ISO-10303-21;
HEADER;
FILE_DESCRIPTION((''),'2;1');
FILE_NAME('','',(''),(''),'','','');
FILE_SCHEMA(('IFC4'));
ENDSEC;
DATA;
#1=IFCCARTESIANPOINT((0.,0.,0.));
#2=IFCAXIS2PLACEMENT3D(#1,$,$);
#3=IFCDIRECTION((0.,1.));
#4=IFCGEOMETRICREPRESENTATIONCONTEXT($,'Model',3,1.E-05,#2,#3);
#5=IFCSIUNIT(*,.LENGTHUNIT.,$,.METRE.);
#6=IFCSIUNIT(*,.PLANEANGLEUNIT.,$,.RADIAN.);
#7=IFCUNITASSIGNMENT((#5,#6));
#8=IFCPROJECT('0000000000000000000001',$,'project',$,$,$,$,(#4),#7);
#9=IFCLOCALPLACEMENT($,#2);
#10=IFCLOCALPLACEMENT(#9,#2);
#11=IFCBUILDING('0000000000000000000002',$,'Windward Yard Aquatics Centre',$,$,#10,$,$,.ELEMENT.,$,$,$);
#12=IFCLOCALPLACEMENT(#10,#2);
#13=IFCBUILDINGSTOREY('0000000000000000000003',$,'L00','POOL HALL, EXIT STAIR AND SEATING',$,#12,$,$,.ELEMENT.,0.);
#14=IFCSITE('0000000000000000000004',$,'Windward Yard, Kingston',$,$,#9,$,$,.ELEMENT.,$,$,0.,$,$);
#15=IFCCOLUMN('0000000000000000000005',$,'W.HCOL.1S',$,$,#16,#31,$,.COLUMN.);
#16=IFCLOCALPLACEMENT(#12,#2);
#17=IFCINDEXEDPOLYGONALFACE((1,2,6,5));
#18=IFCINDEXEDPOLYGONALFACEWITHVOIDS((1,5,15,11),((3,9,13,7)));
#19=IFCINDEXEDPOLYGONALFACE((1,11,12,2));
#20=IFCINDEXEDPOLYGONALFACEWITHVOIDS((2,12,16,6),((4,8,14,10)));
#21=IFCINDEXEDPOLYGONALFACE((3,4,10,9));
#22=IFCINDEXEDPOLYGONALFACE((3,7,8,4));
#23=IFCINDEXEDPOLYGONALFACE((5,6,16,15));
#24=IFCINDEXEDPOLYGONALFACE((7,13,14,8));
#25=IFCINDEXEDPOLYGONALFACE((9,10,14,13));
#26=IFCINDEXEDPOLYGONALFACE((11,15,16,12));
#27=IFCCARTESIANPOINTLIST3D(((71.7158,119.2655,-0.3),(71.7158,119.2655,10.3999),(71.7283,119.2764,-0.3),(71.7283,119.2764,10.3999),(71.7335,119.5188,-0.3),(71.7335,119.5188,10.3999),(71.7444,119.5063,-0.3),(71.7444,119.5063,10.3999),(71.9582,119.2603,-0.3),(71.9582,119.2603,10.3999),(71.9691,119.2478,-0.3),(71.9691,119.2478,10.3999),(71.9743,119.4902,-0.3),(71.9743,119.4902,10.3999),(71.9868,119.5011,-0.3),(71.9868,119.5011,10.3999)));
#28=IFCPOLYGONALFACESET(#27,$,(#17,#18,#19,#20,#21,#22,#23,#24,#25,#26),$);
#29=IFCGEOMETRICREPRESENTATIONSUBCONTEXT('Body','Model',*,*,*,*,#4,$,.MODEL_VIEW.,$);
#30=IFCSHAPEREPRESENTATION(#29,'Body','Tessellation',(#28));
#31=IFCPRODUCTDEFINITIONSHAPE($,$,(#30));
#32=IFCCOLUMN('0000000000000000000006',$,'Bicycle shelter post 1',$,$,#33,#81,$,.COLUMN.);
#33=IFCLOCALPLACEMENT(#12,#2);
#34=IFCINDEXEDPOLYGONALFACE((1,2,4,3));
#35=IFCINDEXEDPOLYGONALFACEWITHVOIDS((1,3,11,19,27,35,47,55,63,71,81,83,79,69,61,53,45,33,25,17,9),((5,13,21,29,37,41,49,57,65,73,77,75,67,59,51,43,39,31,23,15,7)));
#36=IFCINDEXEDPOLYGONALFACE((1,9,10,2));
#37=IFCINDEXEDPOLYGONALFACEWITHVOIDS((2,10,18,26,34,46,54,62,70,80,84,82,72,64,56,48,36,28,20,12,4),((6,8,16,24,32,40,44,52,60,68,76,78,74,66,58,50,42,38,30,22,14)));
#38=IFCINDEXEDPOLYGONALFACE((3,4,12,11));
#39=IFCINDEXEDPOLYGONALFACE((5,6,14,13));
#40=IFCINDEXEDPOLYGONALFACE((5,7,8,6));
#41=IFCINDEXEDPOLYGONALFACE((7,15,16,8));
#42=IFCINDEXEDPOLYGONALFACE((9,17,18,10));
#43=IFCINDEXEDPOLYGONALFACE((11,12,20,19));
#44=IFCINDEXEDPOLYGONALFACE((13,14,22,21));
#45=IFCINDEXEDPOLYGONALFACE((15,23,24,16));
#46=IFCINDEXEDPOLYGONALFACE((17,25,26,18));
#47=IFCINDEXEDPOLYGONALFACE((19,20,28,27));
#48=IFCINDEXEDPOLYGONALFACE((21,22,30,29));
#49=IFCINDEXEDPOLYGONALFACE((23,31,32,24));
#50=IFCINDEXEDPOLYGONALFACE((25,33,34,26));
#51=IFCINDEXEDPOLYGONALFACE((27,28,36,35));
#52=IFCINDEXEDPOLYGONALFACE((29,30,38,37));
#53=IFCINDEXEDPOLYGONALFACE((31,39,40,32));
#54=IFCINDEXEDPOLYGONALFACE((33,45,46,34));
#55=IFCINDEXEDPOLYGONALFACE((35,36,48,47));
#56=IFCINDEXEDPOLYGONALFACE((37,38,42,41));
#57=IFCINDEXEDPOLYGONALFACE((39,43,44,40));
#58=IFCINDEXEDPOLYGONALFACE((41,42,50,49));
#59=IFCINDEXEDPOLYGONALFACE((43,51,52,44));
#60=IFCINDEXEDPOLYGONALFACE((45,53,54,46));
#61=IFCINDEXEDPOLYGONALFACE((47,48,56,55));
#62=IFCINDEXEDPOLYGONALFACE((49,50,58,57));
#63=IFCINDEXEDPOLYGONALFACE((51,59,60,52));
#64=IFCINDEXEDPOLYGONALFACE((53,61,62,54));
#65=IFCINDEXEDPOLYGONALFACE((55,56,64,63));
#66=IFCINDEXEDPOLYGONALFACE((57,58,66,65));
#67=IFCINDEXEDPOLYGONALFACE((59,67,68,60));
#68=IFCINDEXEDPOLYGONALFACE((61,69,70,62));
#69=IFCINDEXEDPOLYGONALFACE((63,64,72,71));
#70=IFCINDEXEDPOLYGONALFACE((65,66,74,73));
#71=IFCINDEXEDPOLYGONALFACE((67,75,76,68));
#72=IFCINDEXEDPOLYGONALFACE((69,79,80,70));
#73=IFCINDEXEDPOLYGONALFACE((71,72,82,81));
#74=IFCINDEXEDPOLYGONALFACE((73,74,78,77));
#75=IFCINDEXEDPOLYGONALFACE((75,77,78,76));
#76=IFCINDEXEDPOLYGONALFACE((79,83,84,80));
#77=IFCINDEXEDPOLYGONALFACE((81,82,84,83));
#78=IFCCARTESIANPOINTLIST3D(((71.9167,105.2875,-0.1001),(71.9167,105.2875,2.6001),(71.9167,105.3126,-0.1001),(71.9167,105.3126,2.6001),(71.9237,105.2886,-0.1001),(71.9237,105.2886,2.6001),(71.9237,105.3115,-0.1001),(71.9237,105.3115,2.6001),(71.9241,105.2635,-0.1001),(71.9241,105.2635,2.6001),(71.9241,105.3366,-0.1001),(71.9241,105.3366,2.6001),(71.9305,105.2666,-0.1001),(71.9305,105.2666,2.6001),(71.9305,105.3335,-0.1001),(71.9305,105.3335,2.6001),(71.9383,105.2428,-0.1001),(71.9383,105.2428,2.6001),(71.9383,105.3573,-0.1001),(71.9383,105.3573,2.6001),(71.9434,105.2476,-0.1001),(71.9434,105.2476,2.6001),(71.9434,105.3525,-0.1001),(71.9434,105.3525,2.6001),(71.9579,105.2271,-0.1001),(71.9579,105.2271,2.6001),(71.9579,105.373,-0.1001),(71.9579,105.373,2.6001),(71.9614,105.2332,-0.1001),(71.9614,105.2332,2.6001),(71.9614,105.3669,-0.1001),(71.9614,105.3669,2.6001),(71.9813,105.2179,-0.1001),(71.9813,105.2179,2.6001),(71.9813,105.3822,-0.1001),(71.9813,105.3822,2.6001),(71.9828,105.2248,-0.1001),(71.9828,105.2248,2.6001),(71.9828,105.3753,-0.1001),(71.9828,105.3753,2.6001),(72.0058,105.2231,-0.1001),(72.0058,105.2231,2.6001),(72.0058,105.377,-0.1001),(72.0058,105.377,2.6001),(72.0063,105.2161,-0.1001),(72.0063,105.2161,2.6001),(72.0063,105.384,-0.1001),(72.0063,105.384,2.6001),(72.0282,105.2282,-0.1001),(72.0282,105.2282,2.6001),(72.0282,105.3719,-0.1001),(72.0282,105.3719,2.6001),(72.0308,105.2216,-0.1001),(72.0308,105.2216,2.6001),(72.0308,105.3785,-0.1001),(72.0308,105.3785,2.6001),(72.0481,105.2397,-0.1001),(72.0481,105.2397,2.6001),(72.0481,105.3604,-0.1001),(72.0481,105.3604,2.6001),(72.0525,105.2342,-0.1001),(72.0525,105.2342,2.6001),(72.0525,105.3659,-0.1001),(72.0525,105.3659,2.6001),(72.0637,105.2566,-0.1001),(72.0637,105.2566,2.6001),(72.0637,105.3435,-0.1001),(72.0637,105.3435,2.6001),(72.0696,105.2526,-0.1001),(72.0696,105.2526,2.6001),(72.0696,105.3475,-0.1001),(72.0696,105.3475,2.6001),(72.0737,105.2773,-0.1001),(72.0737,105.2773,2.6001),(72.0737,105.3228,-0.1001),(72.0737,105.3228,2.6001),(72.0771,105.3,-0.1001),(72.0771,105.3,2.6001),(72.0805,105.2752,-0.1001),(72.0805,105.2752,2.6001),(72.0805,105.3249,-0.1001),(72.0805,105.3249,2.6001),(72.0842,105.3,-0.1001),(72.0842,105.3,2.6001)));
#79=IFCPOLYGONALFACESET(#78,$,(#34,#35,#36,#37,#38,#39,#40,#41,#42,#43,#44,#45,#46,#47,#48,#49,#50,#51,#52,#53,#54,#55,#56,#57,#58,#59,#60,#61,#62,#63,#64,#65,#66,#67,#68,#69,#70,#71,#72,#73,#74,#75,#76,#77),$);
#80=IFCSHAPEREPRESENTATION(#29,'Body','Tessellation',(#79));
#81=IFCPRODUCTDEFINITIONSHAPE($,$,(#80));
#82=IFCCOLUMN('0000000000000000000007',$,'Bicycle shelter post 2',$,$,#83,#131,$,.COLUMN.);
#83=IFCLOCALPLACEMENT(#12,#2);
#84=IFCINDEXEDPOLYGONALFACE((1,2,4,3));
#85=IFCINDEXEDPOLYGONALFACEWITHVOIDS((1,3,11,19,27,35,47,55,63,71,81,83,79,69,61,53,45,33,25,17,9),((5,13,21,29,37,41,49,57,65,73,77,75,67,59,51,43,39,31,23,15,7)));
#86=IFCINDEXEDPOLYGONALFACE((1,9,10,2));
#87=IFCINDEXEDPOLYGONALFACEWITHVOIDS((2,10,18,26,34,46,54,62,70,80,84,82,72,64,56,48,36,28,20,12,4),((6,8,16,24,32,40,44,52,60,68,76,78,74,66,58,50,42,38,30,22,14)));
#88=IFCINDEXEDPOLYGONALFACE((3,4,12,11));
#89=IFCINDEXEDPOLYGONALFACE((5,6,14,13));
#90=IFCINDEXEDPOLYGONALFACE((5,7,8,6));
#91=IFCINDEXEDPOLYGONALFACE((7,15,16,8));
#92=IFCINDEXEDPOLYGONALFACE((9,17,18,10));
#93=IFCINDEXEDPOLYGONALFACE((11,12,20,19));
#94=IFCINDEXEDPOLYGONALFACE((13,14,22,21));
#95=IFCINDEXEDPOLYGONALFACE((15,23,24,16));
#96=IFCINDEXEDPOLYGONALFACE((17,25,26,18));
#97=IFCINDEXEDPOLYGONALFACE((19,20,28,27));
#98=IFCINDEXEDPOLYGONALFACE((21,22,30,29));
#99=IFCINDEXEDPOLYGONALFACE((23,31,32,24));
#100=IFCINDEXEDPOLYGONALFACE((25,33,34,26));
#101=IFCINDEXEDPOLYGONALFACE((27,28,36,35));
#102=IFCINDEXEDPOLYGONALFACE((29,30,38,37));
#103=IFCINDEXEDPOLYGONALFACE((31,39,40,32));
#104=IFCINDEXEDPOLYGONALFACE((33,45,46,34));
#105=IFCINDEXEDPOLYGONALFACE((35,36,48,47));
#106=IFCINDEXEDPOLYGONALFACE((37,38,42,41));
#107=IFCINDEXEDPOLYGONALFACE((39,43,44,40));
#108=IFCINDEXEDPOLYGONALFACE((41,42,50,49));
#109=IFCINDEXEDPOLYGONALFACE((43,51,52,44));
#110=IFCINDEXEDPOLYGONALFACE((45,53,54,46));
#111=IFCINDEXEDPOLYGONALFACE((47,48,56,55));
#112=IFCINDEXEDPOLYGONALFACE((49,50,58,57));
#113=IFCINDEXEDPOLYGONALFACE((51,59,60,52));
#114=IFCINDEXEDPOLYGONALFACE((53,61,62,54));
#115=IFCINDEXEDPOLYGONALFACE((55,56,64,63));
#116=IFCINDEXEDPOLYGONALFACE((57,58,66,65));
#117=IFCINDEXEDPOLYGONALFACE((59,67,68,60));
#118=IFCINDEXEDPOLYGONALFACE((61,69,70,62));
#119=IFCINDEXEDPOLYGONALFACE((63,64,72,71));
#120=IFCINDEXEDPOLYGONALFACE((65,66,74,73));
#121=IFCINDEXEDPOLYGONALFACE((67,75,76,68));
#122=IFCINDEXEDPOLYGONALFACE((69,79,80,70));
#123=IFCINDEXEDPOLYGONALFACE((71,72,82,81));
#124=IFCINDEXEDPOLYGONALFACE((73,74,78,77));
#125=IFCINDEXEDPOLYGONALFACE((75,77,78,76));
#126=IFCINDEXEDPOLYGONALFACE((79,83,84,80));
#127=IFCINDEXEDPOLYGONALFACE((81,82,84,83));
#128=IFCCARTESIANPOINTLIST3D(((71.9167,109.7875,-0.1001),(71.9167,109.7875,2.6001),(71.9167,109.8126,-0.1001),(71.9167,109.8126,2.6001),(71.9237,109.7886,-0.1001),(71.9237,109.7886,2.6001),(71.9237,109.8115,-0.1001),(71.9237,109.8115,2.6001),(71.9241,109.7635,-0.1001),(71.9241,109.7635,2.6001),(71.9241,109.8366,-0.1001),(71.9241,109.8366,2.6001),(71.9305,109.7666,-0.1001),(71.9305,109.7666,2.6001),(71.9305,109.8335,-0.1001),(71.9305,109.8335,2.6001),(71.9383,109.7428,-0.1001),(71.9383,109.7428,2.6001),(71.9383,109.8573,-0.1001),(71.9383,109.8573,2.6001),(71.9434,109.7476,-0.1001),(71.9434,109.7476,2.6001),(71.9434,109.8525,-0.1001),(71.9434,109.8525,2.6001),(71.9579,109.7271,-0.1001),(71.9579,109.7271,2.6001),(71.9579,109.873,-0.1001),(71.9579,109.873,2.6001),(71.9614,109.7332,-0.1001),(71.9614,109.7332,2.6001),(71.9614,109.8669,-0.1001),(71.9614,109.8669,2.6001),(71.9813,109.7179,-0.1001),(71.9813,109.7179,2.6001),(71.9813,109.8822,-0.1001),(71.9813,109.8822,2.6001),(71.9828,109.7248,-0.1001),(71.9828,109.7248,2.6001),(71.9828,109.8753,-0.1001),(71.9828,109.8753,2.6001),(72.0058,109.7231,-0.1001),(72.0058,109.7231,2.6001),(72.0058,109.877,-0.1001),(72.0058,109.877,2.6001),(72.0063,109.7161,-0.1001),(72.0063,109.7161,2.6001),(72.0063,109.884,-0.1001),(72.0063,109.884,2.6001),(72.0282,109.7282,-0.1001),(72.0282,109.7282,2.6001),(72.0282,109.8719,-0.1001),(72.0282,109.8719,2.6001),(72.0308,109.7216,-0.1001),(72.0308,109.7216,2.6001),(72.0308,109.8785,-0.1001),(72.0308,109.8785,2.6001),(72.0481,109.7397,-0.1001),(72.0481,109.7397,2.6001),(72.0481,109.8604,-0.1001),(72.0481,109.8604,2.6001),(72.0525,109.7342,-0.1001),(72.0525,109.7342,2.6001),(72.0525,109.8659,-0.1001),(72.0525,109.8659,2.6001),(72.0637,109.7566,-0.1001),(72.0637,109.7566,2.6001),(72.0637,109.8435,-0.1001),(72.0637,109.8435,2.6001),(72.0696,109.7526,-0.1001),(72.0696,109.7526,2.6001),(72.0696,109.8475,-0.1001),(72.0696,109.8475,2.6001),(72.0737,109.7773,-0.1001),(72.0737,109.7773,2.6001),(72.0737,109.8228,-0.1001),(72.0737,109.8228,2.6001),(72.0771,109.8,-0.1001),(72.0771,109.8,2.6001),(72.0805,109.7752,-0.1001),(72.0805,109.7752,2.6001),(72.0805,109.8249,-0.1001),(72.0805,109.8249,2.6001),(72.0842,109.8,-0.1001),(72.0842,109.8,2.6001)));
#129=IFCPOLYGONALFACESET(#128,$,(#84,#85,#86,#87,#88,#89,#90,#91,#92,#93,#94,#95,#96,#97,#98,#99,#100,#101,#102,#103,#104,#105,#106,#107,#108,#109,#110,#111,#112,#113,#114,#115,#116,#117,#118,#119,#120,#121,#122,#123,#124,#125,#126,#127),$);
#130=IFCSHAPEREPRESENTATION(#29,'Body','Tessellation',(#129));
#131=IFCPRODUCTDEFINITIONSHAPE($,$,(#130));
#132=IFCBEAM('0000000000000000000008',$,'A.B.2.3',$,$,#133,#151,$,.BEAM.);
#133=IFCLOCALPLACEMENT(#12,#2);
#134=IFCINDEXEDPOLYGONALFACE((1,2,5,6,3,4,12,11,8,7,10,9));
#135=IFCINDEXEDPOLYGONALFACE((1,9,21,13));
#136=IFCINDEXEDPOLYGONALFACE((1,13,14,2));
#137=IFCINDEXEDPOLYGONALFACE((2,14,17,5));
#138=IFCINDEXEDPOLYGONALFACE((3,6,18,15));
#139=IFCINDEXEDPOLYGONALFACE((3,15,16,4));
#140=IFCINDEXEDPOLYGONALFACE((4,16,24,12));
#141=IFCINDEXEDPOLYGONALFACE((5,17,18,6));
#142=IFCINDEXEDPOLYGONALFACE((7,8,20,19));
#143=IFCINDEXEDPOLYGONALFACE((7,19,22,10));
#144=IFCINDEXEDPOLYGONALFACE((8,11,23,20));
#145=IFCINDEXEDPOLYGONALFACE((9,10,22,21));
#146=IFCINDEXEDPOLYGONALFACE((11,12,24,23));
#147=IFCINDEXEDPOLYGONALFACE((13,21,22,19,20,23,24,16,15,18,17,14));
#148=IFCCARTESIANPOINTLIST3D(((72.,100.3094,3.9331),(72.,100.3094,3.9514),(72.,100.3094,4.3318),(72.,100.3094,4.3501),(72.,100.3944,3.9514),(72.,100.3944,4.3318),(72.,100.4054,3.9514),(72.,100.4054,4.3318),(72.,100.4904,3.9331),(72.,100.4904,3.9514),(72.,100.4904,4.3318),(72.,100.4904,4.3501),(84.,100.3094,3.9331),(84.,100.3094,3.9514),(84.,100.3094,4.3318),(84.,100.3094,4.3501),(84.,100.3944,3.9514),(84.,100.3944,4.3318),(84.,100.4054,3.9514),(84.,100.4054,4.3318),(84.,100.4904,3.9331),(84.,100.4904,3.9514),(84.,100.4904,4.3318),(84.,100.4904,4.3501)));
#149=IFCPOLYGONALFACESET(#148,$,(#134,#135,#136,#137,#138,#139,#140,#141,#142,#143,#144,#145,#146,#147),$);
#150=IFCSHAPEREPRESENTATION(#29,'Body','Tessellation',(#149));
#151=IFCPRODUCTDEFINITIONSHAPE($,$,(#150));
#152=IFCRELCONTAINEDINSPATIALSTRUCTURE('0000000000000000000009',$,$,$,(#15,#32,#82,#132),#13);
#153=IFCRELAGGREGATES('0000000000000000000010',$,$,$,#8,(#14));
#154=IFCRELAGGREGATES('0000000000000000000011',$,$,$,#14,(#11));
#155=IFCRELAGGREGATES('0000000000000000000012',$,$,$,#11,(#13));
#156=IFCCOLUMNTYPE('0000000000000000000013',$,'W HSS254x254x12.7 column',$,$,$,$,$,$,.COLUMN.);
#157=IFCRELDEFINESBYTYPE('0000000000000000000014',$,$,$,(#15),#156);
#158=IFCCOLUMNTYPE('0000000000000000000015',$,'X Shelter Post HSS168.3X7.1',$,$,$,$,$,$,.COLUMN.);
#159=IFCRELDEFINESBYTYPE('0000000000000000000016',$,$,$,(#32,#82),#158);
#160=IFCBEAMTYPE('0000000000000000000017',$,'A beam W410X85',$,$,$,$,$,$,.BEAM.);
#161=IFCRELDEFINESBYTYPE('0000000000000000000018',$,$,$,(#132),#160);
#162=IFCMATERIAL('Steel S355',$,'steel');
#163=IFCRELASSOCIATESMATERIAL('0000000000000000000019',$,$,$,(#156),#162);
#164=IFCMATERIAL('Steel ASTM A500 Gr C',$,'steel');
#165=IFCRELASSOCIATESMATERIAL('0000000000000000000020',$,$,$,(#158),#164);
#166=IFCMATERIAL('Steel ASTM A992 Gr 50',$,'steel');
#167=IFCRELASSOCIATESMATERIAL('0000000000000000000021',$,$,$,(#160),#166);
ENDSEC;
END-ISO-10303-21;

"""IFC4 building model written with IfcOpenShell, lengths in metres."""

from ifc_helpers import new_model, si_unit, direction, frame, origin, origin_2d, place, context, subcontext, project, spatial, hollow_rectangle, hollow_circle, i_section, extrude, material, material_profile, profile_set, type_object, element, save


model = new_model("IFC4")

# Units and contexts
model_context = context("Model", 3, precision=1e-05, world=origin(), true_north=direction((0.0, 1.0)))
body_context = subcontext(model_context, "Body", "Model", "MODEL_VIEW")
ifc_project = project(units=[si_unit("LENGTHUNIT", "METRE"), si_unit("PLANEANGLEUNIT", "RADIAN")], contexts=[model_context])

# Site, building, storey
site_placement = place(None, origin())
site = spatial("IfcSite", under=ifc_project, at=site_placement, Name="Windward Yard, Kingston", CompositionType="ELEMENT", RefElevation=0.0)
building_placement = place(site_placement, origin())
building = spatial("IfcBuilding", under=site, at=building_placement, Name="Windward Yard Aquatics Centre", CompositionType="ELEMENT")
storey_placement = place(building_placement, origin())
storey = spatial("IfcBuildingStorey", under=building, at=storey_placement, Name="L00", Description="POOL HALL, EXIT STAIR AND SEATING", CompositionType="ELEMENT", Elevation=0.0)

# Columns
ifc_material_1 = material(Name="Steel ASTM A500 Gr C", Category="steel")
ifc_material_2 = material(Name="Steel S355", Category="steel")
ifc_material_profile_1 = material_profile(ifc_material_2, hollow_rectangle(XDim=0.2539, YDim=0.2539, WallThickness=0.0117, at=origin_2d()), Name="HSS254x254x12.7")
ifc_profile_set_1 = profile_set([ifc_material_profile_1], Name="Steel S355")
column_type_1 = type_object("IfcColumnType", Name="W HSS254x254x12.7 column", PredefinedType="COLUMN", material=ifc_profile_set_1)
column_1_placement = place(storey_placement, frame((71.8513, 119.3833, -0.3), z_axis=(0.0, 0.0, 1.0), x_axis=(0.997564, -0.069756, 0.0)))
element("IfcColumn", 1, at=column_1_placement, inside=storey, type_object=column_type_1, Name="W.HCOL.1S", PredefinedType="COLUMN", context=body_context, shape_type="SweptSolid", body=[
    extrude(hollow_rectangle(XDim=0.2539, YDim=0.2539, WallThickness=0.0117, at=origin_2d()), origin(), (0.0, 0.0, 1.0), 10.7),
])
ifc_material_profile_2 = material_profile(ifc_material_1, hollow_circle(Radius=0.0842, WallThickness=0.0071, at=origin_2d()), Name="HSS168.3X7.1")
ifc_profile_set_2 = profile_set([ifc_material_profile_2], Name="Steel ASTM A500 Gr C")
column_type_2 = type_object("IfcColumnType", Name="X Shelter Post HSS168.3X7.1", PredefinedType="COLUMN", material=ifc_profile_set_2)
for number, where, z_axis, x_axis, name in (
    (2, (72.0, 105.3, -0.1001), (0.0, 0.0, 1.0), (1.0, 0.0, 0.0), "Bicycle shelter post 1"),
    (3, (72.0, 109.8, -0.1001), (0.0, 0.0, 1.0), (1.0, 0.0, 0.0), "Bicycle shelter post 2"),
):
    element("IfcColumn", number, at=place(storey_placement, frame(where, z_axis=z_axis, x_axis=x_axis)), inside=storey, type_object=column_type_2, Name=name, PredefinedType="COLUMN", context=body_context, shape_type="SweptSolid", body=[
        extrude(hollow_circle(Radius=0.0842, WallThickness=0.0071, at=origin_2d()), origin(), (0.0, 0.0, 1.0), 2.7002),
    ])

# Beam
ifc_material_3 = material(Name="Steel ASTM A992 Gr 50", Category="steel")
ifc_material_profile_3 = material_profile(ifc_material_3, i_section(OverallWidth=0.1809, OverallDepth=0.417, WebThickness=0.011, FlangeThickness=0.0183, at=origin_2d()), Name="W410X85")
ifc_profile_set_3 = profile_set([ifc_material_profile_3], Name="Steel ASTM A992 Gr 50")
beam_type_1 = type_object("IfcBeamType", Name="A beam W410X85", PredefinedType="BEAM", material=ifc_profile_set_3)
beam_1_placement = place(storey_placement, frame((72.0, 100.3999, 4.1416), z_axis=(1.0, 0.0, 0.0), x_axis=(0.0, 1.0, 0.0)))
element("IfcBeam", 4, at=beam_1_placement, inside=storey, type_object=beam_type_1, Name="A.B.2.3", PredefinedType="BEAM", context=body_context, shape_type="SweptSolid", body=[
    extrude(i_section(OverallWidth=0.1809, OverallDepth=0.417, WebThickness=0.011, FlangeThickness=0.0183, at=origin_2d()), origin(), (0.0, 0.0, 1.0), 12.0),
])

save(model, "model.ifc")
